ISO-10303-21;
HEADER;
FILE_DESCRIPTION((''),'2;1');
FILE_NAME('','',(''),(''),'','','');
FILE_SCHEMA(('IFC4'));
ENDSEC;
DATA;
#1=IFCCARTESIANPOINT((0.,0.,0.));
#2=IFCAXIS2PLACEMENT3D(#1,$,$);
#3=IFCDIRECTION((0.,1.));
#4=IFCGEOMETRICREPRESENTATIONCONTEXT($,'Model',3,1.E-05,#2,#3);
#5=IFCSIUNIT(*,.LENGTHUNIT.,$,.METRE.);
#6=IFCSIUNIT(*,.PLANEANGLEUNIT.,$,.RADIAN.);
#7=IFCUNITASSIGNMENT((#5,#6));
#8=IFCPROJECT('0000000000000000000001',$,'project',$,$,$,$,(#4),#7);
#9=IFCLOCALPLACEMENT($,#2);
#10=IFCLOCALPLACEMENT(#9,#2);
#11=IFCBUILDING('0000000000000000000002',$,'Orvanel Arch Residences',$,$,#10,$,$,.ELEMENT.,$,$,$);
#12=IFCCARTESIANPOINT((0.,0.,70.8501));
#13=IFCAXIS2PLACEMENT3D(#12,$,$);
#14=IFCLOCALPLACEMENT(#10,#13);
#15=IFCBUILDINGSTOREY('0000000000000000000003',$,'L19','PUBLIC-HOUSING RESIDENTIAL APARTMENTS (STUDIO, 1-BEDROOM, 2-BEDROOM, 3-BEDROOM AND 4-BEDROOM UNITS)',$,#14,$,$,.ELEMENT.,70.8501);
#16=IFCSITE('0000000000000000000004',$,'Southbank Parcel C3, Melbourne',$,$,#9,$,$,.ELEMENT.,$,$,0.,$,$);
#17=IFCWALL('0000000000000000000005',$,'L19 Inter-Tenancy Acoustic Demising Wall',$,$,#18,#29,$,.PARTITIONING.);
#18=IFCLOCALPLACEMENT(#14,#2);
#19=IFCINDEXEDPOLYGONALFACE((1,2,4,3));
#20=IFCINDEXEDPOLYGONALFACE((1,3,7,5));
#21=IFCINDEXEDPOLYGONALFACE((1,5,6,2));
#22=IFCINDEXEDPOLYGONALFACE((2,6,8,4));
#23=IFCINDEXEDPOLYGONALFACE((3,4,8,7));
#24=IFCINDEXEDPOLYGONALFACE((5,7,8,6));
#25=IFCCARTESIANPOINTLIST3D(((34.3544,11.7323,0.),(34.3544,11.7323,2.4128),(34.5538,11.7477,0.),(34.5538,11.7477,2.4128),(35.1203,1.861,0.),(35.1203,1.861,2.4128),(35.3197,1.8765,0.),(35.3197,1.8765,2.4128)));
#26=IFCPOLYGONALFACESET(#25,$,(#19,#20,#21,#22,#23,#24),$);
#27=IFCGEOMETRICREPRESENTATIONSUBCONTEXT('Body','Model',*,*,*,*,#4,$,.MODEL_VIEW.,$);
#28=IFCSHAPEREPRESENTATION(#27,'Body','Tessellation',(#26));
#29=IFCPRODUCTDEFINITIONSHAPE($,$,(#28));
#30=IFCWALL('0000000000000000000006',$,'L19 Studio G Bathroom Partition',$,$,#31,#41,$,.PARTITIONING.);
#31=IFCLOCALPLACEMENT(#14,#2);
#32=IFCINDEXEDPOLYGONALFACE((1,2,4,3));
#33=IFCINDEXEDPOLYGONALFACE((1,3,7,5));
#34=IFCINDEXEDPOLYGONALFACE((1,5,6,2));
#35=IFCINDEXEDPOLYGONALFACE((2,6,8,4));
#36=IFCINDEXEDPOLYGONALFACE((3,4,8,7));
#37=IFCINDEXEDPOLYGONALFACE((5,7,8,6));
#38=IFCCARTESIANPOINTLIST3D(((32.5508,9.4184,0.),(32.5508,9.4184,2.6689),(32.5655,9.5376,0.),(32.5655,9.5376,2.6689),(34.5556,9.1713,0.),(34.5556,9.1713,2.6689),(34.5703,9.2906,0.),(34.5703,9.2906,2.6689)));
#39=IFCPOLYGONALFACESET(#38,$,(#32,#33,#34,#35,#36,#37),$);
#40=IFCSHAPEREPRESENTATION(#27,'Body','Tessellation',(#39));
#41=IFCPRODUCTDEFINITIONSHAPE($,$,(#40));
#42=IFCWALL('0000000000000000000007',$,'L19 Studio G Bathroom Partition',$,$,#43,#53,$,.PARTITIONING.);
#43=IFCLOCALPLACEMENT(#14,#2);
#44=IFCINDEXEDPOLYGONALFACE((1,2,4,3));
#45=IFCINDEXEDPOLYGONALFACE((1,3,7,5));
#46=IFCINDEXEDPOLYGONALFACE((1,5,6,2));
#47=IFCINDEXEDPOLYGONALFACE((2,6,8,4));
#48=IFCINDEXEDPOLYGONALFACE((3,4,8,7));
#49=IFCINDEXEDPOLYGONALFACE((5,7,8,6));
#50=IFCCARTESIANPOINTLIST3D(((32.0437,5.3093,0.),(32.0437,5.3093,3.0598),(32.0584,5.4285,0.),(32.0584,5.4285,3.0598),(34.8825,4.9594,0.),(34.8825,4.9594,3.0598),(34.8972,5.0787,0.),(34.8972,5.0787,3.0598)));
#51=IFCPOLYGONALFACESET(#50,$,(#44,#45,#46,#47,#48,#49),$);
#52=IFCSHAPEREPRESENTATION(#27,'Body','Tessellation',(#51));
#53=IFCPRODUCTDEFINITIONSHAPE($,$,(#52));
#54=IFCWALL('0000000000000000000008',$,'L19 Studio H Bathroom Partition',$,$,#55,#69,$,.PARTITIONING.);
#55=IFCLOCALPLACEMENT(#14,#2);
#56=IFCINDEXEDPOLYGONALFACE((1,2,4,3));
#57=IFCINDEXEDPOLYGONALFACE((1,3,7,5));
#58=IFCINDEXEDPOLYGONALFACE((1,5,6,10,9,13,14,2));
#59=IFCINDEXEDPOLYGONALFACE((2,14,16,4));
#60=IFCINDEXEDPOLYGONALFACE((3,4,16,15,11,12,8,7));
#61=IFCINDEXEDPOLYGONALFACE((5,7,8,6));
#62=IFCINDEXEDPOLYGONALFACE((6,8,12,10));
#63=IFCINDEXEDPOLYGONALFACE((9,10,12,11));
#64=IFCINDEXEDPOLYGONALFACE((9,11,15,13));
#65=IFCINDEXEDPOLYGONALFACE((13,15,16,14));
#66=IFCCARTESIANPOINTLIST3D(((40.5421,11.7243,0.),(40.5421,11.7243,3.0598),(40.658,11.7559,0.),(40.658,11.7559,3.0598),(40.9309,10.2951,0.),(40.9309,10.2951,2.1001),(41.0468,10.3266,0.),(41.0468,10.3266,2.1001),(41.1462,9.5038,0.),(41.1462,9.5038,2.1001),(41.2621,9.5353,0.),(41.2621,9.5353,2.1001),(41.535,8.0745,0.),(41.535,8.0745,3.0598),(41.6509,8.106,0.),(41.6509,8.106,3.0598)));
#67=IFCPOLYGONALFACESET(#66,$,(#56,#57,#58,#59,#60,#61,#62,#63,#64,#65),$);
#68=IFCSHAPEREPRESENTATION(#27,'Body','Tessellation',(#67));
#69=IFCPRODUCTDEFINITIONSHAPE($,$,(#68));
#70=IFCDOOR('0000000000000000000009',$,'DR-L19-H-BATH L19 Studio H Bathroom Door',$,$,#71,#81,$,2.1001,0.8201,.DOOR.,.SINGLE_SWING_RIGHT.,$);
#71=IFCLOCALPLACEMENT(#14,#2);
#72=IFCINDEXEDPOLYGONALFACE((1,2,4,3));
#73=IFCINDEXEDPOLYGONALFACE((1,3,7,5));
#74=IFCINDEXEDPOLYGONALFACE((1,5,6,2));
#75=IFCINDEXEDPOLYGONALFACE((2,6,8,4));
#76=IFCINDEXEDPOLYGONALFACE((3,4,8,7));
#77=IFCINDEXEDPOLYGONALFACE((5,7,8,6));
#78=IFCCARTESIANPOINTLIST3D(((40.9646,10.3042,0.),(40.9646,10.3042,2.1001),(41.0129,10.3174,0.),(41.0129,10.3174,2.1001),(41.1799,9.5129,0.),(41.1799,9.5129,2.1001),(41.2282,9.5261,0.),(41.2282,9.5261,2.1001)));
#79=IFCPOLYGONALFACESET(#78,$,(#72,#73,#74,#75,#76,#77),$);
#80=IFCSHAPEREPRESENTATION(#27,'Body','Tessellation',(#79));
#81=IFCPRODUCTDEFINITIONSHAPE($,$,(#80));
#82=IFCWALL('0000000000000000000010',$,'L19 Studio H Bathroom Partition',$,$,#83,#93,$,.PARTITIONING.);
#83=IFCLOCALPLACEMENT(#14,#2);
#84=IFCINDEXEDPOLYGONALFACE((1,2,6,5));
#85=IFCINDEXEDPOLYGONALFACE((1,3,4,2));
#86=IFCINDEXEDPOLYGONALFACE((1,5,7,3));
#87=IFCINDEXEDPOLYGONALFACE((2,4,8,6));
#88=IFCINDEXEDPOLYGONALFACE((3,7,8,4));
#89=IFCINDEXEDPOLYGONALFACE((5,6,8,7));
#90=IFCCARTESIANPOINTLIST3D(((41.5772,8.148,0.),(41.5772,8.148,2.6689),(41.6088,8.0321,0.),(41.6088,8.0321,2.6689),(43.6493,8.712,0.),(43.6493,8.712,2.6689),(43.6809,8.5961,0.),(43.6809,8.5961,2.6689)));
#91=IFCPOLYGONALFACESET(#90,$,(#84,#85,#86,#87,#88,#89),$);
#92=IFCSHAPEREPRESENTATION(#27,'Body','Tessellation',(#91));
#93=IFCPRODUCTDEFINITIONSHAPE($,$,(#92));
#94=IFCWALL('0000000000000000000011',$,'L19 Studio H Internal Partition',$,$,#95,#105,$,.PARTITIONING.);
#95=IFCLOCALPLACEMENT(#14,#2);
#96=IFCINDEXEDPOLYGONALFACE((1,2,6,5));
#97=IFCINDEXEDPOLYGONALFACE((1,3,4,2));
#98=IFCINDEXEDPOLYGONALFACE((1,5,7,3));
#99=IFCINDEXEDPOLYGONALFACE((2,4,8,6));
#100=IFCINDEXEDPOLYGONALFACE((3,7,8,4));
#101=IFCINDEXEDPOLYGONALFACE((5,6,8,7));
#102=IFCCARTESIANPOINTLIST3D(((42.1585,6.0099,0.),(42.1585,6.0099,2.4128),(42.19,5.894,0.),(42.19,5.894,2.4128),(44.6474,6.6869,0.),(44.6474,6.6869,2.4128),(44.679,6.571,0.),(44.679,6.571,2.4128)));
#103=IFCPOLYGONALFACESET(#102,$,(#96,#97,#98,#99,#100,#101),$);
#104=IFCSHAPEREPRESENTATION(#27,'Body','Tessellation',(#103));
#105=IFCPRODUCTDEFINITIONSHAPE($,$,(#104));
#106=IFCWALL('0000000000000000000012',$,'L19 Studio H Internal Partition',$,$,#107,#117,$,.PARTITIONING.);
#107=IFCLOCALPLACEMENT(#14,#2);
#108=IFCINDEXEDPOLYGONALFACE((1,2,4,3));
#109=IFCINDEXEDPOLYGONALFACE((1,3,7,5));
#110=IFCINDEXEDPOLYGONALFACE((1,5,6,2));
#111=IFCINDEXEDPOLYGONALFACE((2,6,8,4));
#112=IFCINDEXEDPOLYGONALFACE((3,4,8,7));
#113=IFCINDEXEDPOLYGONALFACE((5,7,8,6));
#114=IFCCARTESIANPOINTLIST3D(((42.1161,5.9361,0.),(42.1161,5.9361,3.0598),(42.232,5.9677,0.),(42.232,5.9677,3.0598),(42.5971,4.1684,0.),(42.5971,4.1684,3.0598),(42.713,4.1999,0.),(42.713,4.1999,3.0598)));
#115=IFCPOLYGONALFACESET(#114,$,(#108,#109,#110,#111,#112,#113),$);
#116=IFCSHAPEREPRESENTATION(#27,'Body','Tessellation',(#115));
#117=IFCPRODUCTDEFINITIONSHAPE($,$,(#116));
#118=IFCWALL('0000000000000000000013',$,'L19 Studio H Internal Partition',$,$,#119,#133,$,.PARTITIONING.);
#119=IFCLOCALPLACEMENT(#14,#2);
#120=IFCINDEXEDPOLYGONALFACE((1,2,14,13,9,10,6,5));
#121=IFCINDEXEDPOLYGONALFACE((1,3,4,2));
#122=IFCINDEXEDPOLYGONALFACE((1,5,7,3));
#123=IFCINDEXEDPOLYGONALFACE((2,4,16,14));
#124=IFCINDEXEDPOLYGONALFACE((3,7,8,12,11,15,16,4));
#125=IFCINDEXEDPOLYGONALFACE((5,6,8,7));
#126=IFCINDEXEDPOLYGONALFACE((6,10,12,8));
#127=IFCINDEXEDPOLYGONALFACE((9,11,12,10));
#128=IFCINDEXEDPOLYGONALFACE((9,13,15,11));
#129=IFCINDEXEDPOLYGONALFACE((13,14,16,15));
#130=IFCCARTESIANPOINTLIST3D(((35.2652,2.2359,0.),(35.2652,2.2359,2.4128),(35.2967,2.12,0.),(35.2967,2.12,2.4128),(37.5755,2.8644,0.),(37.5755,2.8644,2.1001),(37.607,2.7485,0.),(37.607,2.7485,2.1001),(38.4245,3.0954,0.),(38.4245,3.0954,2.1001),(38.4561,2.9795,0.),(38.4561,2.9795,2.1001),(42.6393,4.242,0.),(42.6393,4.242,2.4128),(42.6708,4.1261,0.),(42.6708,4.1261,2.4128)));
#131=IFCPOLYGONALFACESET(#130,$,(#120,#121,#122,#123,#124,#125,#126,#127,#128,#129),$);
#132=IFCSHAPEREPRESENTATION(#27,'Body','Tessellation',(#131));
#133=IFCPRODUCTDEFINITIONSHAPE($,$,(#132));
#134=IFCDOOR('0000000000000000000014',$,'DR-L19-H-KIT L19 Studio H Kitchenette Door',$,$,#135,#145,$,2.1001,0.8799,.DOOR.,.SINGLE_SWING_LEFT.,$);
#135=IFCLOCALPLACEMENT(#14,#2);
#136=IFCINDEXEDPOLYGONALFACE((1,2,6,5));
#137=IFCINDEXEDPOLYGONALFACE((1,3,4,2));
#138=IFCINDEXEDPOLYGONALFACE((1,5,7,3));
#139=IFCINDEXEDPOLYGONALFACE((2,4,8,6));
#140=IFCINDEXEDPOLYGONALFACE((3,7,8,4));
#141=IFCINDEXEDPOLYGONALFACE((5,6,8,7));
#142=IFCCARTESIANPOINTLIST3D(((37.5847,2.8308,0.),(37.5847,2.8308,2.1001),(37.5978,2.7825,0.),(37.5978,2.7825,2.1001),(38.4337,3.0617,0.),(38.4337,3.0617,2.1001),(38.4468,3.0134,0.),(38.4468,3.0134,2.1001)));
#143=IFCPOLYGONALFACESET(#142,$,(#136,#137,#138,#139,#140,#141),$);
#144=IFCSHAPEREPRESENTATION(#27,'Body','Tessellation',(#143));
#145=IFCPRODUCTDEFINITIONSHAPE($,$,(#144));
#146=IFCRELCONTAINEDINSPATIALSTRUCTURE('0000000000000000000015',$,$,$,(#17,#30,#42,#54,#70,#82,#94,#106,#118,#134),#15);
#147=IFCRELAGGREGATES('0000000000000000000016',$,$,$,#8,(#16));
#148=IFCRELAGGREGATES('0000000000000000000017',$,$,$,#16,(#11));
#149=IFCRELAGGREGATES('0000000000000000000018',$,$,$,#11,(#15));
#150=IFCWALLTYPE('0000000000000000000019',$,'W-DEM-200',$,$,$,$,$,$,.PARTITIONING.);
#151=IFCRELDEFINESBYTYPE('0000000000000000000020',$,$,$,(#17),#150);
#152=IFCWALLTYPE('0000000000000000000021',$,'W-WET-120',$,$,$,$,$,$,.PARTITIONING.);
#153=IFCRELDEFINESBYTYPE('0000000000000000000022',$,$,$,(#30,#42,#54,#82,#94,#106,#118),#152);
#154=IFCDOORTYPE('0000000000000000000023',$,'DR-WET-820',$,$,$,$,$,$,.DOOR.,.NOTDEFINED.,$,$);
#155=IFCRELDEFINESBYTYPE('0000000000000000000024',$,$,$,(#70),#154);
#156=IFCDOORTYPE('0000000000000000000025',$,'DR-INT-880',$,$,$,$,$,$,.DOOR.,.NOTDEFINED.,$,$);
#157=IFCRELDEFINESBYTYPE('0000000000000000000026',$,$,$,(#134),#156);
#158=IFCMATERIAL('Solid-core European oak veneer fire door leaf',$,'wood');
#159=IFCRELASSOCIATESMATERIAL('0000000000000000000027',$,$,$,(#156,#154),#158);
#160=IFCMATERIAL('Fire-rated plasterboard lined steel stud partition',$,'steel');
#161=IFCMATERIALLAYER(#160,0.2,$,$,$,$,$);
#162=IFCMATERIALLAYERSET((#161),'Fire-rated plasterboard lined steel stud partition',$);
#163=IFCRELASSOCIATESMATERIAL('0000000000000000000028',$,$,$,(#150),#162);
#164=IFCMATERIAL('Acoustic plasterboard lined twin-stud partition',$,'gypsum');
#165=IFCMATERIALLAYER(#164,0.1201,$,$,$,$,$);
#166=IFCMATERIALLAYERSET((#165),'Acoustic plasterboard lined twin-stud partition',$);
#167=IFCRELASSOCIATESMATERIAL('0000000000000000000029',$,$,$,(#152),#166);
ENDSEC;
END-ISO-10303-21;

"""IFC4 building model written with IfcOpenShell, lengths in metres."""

from ifc_helpers import new_model, si_unit, direction, frame, frame_2d, origin, place, context, subcontext, project, spatial, rectangle, extrude, material, layer, layer_set, type_object, element, fill, save


model = new_model("IFC4")

# Units and contexts
model_context = context("Model", 3, precision=1e-05, world=origin(), true_north=direction((0.0, 1.0)))
body_context = subcontext(model_context, "Body", "Model", "MODEL_VIEW")
ifc_project = project(units=[si_unit("LENGTHUNIT", "METRE"), si_unit("PLANEANGLEUNIT", "RADIAN")], contexts=[model_context])

# Site, building, storey
site_placement = place(None, origin())
site = spatial("IfcSite", under=ifc_project, at=site_placement, Name="Southbank Parcel C3, Melbourne", CompositionType="ELEMENT", RefElevation=0.0)
building_placement = place(site_placement, origin())
building = spatial("IfcBuilding", under=site, at=building_placement, Name="Orvanel Arch Residences", CompositionType="ELEMENT")
storey_placement = place(building_placement, frame((0.0, 0.0, 70.8501)))
storey = spatial("IfcBuildingStorey", under=building, at=storey_placement, Name="L19", Description="PUBLIC-HOUSING RESIDENTIAL APARTMENTS (STUDIO, 1-BEDROOM, 2-BEDROOM, 3-BEDROOM AND 4-BEDROOM UNITS)", CompositionType="ELEMENT", Elevation=70.8501)

# Shared definitions
ifc_material_1 = material(Name="Fire-rated plasterboard lined steel stud partition", Category="steel")
ifc_material_2 = material(Name="Solid-core European oak veneer fire door leaf", Category="wood")

# Shared definitions
door_type_1 = type_object("IfcDoorType", Name="DR-INT-880", OperationType="NOTDEFINED", PredefinedType="DOOR", material=ifc_material_2)

# Walls
ifc_layer_1 = layer(ifc_material_1, 0.2)
ifc_layer_set_1 = layer_set([ifc_layer_1], Name="Fire-rated plasterboard lined steel stud partition")
wall_type_1 = type_object("IfcWallType", Name="W-DEM-200", PredefinedType="PARTITIONING", material=ifc_layer_set_1)
wall_1_placement = place(storey_placement, frame((34.4541, 11.74, 0.0), z_axis=(0.0, 0.0, 1.0), x_axis=(0.077355, -0.997004, 0.0)))
element("IfcWall", 1, at=wall_1_placement, inside=storey, type_object=wall_type_1, Name="L19 Inter-Tenancy Acoustic Demising Wall", PredefinedType="PARTITIONING", context=body_context, shape_type="SweptSolid", body=[
    extrude(rectangle(XDim=9.9009, YDim=0.2, at=frame_2d((4.9504, 0.0))), origin(), (0.0, 0.0, 1.0), 2.4128),
])
ifc_material_3 = material(Name="Acoustic plasterboard lined twin-stud partition", Category="gypsum")
ifc_layer_2 = layer(ifc_material_3, 0.1201)
ifc_layer_set_2 = layer_set([ifc_layer_2], Name="Acoustic plasterboard lined twin-stud partition")
wall_type_2 = type_object("IfcWallType", Name="W-WET-120", PredefinedType="PARTITIONING", material=ifc_layer_set_2)
wall_2_placement = place(storey_placement, frame((34.563, 9.231, 0.0), z_axis=(0.0, 0.0, 1.0), x_axis=(-0.992492, 0.122309, 0.0)))
element("IfcWall", 2, at=wall_2_placement, inside=storey, type_object=wall_type_2, Name="L19 Studio G Bathroom Partition", PredefinedType="PARTITIONING", context=body_context, shape_type="SweptSolid", body=[
    extrude(rectangle(XDim=2.02, YDim=0.1201, at=frame_2d((1.01, 0.0))), origin(), (0.0, 0.0, 1.0), 2.6689),
])
wall_3_placement = place(storey_placement, frame((34.8899, 5.019, 0.0), z_axis=(0.0, 0.0, 1.0), x_axis=(-0.992492, 0.122312, 0.0)))
element("IfcWall", 3, at=wall_3_placement, inside=storey, type_object=wall_type_2, Name="L19 Studio G Bathroom Partition", PredefinedType="PARTITIONING", context=body_context, shape_type="SweptSolid", body=[
    extrude(rectangle(XDim=2.8604, YDim=0.1201, at=frame_2d((1.4302, 0.0))), origin(), (0.0, 0.0, 1.0), 3.0598),
])

# Wall, opening, door
wall_4_placement = place(storey_placement, frame((40.6001, 11.74, 0.0), z_axis=(0.0, 0.0, 1.0), x_axis=(0.2625, -0.964932, 0.0)))
wall_4 = element("IfcWall", 4, at=wall_4_placement, inside=storey, type_object=wall_type_2, Name="L19 Studio H Bathroom Partition", PredefinedType="PARTITIONING", context=body_context, shape_type="SweptSolid", body=[
    extrude(rectangle(XDim=3.7825, YDim=0.1201, at=frame_2d((1.8911, 0.0))), origin(), (0.0, 0.0, 1.0), 3.0598),
])
opening_1_placement = place(wall_4_placement, frame((1.481, 0.0, 0.0)))
opening_1 = element("IfcOpeningElement", 5, at=opening_1_placement, cuts=wall_4, PredefinedType="OPENING", context=body_context, shape_type="SweptSolid", body=[
    extrude(rectangle(XDim=0.8201, YDim=2.1001, at=frame_2d((0.4102, 1.05))), frame((0.0, 0.0701, 0.0), z_axis=(0.0, -1.0, 0.0), x_axis=(1.0, 0.0, 0.0)), (0.0, 0.0, 1.0), 0.1401),
])
door_type_2 = type_object("IfcDoorType", Name="DR-WET-820", OperationType="NOTDEFINED", PredefinedType="DOOR", material=ifc_material_2)
door_1_placement = place(opening_1_placement, origin())
door_1 = element("IfcDoor", 6, at=door_1_placement, inside=storey, type_object=door_type_2, Name="DR-L19-H-BATH L19 Studio H Bathroom Door", OperationType="SINGLE_SWING_RIGHT", OverallHeight=2.1001, OverallWidth=0.8201, PredefinedType="DOOR", context=body_context, shape_type="SweptSolid", body=[
    extrude(rectangle(XDim=0.8201, YDim=2.1001, at=frame_2d((0.4102, 1.05))), frame((0.0, 0.0249, 0.0), z_axis=(0.0, -1.0, 0.0), x_axis=(1.0, 0.0, 0.0)), (0.0, 0.0, 1.0), 0.05),
])
fill(opening_1, door_1)

# Walls
wall_5_placement = place(storey_placement, frame((41.593, 8.0901, 0.0), z_axis=(0.0, 0.0, 1.0), x_axis=(0.964898, 0.262627, 0.0)))
element("IfcWall", 7, at=wall_5_placement, inside=storey, type_object=wall_type_2, Name="L19 Studio H Bathroom Partition", PredefinedType="PARTITIONING", context=body_context, shape_type="SweptSolid", body=[
    extrude(rectangle(XDim=2.1475, YDim=0.1201, at=frame_2d((1.0737, 0.0))), origin(), (0.0, 0.0, 1.0), 2.6689),
])
wall_6_placement = place(storey_placement, frame((44.6631, 6.6289, 0.0), z_axis=(0.0, 0.0, 1.0), x_axis=(-0.964943, -0.262461, 0.0)))
element("IfcWall", 8, at=wall_6_placement, inside=storey, type_object=wall_type_2, Name="L19 Studio H Internal Partition", PredefinedType="PARTITIONING", context=body_context, shape_type="SweptSolid", body=[
    extrude(rectangle(XDim=2.5793, YDim=0.1201, at=frame_2d((1.2896, 0.0))), origin(), (0.0, 0.0, 1.0), 2.4128),
])
wall_7_placement = place(storey_placement, frame((42.1741, 5.9519, 0.0), z_axis=(0.0, 0.0, 1.0), x_axis=(0.26252, -0.964927, 0.0)))
element("IfcWall", 9, at=wall_7_placement, inside=storey, type_object=wall_type_2, Name="L19 Studio H Internal Partition", PredefinedType="PARTITIONING", context=body_context, shape_type="SweptSolid", body=[
    extrude(rectangle(XDim=1.832, YDim=0.1201, at=frame_2d((0.916, 0.0))), origin(), (0.0, 0.0, 1.0), 3.0598),
])

# Wall, opening, door
wall_8_placement = place(storey_placement, frame((42.655, 4.1841, 0.0), z_axis=(0.0, 0.0, 1.0), x_axis=(-0.96493, -0.262509, 0.0)))
wall_8 = element("IfcWall", 10, at=wall_8_placement, inside=storey, type_object=wall_type_2, Name="L19 Studio H Internal Partition", PredefinedType="PARTITIONING", context=body_context, shape_type="SweptSolid", body=[
    extrude(rectangle(XDim=7.6421, YDim=0.1201, at=frame_2d((3.821, 0.0))), origin(), (0.0, 0.0, 1.0), 2.4128),
])
opening_2_placement = place(wall_8_placement, frame((4.3679, 0.0, 0.0)))
opening_2 = element("IfcOpeningElement", 11, at=opening_2_placement, cuts=wall_8, PredefinedType="OPENING", context=body_context, shape_type="SweptSolid", body=[
    extrude(rectangle(XDim=0.8799, YDim=2.1001, at=frame_2d((0.4399, 1.05))), frame((0.0, 0.0701, 0.0), z_axis=(0.0, -1.0, 0.0), x_axis=(1.0, 0.0, 0.0)), (0.0, 0.0, 1.0), 0.1401),
])
door_2_placement = place(opening_2_placement, origin())
door_2 = element("IfcDoor", 12, at=door_2_placement, inside=storey, type_object=door_type_1, Name="DR-L19-H-KIT L19 Studio H Kitchenette Door", OperationType="SINGLE_SWING_LEFT", OverallHeight=2.1001, OverallWidth=0.8799, PredefinedType="DOOR", context=body_context, shape_type="SweptSolid", body=[
    extrude(rectangle(XDim=0.8799, YDim=2.1001, at=frame_2d((0.4399, 1.05))), frame((0.0, 0.0249, 0.0), z_axis=(0.0, -1.0, 0.0), x_axis=(1.0, 0.0, 0.0)), (0.0, 0.0, 1.0), 0.05),
])
fill(opening_2, door_2)

save(model, "model.ifc")
